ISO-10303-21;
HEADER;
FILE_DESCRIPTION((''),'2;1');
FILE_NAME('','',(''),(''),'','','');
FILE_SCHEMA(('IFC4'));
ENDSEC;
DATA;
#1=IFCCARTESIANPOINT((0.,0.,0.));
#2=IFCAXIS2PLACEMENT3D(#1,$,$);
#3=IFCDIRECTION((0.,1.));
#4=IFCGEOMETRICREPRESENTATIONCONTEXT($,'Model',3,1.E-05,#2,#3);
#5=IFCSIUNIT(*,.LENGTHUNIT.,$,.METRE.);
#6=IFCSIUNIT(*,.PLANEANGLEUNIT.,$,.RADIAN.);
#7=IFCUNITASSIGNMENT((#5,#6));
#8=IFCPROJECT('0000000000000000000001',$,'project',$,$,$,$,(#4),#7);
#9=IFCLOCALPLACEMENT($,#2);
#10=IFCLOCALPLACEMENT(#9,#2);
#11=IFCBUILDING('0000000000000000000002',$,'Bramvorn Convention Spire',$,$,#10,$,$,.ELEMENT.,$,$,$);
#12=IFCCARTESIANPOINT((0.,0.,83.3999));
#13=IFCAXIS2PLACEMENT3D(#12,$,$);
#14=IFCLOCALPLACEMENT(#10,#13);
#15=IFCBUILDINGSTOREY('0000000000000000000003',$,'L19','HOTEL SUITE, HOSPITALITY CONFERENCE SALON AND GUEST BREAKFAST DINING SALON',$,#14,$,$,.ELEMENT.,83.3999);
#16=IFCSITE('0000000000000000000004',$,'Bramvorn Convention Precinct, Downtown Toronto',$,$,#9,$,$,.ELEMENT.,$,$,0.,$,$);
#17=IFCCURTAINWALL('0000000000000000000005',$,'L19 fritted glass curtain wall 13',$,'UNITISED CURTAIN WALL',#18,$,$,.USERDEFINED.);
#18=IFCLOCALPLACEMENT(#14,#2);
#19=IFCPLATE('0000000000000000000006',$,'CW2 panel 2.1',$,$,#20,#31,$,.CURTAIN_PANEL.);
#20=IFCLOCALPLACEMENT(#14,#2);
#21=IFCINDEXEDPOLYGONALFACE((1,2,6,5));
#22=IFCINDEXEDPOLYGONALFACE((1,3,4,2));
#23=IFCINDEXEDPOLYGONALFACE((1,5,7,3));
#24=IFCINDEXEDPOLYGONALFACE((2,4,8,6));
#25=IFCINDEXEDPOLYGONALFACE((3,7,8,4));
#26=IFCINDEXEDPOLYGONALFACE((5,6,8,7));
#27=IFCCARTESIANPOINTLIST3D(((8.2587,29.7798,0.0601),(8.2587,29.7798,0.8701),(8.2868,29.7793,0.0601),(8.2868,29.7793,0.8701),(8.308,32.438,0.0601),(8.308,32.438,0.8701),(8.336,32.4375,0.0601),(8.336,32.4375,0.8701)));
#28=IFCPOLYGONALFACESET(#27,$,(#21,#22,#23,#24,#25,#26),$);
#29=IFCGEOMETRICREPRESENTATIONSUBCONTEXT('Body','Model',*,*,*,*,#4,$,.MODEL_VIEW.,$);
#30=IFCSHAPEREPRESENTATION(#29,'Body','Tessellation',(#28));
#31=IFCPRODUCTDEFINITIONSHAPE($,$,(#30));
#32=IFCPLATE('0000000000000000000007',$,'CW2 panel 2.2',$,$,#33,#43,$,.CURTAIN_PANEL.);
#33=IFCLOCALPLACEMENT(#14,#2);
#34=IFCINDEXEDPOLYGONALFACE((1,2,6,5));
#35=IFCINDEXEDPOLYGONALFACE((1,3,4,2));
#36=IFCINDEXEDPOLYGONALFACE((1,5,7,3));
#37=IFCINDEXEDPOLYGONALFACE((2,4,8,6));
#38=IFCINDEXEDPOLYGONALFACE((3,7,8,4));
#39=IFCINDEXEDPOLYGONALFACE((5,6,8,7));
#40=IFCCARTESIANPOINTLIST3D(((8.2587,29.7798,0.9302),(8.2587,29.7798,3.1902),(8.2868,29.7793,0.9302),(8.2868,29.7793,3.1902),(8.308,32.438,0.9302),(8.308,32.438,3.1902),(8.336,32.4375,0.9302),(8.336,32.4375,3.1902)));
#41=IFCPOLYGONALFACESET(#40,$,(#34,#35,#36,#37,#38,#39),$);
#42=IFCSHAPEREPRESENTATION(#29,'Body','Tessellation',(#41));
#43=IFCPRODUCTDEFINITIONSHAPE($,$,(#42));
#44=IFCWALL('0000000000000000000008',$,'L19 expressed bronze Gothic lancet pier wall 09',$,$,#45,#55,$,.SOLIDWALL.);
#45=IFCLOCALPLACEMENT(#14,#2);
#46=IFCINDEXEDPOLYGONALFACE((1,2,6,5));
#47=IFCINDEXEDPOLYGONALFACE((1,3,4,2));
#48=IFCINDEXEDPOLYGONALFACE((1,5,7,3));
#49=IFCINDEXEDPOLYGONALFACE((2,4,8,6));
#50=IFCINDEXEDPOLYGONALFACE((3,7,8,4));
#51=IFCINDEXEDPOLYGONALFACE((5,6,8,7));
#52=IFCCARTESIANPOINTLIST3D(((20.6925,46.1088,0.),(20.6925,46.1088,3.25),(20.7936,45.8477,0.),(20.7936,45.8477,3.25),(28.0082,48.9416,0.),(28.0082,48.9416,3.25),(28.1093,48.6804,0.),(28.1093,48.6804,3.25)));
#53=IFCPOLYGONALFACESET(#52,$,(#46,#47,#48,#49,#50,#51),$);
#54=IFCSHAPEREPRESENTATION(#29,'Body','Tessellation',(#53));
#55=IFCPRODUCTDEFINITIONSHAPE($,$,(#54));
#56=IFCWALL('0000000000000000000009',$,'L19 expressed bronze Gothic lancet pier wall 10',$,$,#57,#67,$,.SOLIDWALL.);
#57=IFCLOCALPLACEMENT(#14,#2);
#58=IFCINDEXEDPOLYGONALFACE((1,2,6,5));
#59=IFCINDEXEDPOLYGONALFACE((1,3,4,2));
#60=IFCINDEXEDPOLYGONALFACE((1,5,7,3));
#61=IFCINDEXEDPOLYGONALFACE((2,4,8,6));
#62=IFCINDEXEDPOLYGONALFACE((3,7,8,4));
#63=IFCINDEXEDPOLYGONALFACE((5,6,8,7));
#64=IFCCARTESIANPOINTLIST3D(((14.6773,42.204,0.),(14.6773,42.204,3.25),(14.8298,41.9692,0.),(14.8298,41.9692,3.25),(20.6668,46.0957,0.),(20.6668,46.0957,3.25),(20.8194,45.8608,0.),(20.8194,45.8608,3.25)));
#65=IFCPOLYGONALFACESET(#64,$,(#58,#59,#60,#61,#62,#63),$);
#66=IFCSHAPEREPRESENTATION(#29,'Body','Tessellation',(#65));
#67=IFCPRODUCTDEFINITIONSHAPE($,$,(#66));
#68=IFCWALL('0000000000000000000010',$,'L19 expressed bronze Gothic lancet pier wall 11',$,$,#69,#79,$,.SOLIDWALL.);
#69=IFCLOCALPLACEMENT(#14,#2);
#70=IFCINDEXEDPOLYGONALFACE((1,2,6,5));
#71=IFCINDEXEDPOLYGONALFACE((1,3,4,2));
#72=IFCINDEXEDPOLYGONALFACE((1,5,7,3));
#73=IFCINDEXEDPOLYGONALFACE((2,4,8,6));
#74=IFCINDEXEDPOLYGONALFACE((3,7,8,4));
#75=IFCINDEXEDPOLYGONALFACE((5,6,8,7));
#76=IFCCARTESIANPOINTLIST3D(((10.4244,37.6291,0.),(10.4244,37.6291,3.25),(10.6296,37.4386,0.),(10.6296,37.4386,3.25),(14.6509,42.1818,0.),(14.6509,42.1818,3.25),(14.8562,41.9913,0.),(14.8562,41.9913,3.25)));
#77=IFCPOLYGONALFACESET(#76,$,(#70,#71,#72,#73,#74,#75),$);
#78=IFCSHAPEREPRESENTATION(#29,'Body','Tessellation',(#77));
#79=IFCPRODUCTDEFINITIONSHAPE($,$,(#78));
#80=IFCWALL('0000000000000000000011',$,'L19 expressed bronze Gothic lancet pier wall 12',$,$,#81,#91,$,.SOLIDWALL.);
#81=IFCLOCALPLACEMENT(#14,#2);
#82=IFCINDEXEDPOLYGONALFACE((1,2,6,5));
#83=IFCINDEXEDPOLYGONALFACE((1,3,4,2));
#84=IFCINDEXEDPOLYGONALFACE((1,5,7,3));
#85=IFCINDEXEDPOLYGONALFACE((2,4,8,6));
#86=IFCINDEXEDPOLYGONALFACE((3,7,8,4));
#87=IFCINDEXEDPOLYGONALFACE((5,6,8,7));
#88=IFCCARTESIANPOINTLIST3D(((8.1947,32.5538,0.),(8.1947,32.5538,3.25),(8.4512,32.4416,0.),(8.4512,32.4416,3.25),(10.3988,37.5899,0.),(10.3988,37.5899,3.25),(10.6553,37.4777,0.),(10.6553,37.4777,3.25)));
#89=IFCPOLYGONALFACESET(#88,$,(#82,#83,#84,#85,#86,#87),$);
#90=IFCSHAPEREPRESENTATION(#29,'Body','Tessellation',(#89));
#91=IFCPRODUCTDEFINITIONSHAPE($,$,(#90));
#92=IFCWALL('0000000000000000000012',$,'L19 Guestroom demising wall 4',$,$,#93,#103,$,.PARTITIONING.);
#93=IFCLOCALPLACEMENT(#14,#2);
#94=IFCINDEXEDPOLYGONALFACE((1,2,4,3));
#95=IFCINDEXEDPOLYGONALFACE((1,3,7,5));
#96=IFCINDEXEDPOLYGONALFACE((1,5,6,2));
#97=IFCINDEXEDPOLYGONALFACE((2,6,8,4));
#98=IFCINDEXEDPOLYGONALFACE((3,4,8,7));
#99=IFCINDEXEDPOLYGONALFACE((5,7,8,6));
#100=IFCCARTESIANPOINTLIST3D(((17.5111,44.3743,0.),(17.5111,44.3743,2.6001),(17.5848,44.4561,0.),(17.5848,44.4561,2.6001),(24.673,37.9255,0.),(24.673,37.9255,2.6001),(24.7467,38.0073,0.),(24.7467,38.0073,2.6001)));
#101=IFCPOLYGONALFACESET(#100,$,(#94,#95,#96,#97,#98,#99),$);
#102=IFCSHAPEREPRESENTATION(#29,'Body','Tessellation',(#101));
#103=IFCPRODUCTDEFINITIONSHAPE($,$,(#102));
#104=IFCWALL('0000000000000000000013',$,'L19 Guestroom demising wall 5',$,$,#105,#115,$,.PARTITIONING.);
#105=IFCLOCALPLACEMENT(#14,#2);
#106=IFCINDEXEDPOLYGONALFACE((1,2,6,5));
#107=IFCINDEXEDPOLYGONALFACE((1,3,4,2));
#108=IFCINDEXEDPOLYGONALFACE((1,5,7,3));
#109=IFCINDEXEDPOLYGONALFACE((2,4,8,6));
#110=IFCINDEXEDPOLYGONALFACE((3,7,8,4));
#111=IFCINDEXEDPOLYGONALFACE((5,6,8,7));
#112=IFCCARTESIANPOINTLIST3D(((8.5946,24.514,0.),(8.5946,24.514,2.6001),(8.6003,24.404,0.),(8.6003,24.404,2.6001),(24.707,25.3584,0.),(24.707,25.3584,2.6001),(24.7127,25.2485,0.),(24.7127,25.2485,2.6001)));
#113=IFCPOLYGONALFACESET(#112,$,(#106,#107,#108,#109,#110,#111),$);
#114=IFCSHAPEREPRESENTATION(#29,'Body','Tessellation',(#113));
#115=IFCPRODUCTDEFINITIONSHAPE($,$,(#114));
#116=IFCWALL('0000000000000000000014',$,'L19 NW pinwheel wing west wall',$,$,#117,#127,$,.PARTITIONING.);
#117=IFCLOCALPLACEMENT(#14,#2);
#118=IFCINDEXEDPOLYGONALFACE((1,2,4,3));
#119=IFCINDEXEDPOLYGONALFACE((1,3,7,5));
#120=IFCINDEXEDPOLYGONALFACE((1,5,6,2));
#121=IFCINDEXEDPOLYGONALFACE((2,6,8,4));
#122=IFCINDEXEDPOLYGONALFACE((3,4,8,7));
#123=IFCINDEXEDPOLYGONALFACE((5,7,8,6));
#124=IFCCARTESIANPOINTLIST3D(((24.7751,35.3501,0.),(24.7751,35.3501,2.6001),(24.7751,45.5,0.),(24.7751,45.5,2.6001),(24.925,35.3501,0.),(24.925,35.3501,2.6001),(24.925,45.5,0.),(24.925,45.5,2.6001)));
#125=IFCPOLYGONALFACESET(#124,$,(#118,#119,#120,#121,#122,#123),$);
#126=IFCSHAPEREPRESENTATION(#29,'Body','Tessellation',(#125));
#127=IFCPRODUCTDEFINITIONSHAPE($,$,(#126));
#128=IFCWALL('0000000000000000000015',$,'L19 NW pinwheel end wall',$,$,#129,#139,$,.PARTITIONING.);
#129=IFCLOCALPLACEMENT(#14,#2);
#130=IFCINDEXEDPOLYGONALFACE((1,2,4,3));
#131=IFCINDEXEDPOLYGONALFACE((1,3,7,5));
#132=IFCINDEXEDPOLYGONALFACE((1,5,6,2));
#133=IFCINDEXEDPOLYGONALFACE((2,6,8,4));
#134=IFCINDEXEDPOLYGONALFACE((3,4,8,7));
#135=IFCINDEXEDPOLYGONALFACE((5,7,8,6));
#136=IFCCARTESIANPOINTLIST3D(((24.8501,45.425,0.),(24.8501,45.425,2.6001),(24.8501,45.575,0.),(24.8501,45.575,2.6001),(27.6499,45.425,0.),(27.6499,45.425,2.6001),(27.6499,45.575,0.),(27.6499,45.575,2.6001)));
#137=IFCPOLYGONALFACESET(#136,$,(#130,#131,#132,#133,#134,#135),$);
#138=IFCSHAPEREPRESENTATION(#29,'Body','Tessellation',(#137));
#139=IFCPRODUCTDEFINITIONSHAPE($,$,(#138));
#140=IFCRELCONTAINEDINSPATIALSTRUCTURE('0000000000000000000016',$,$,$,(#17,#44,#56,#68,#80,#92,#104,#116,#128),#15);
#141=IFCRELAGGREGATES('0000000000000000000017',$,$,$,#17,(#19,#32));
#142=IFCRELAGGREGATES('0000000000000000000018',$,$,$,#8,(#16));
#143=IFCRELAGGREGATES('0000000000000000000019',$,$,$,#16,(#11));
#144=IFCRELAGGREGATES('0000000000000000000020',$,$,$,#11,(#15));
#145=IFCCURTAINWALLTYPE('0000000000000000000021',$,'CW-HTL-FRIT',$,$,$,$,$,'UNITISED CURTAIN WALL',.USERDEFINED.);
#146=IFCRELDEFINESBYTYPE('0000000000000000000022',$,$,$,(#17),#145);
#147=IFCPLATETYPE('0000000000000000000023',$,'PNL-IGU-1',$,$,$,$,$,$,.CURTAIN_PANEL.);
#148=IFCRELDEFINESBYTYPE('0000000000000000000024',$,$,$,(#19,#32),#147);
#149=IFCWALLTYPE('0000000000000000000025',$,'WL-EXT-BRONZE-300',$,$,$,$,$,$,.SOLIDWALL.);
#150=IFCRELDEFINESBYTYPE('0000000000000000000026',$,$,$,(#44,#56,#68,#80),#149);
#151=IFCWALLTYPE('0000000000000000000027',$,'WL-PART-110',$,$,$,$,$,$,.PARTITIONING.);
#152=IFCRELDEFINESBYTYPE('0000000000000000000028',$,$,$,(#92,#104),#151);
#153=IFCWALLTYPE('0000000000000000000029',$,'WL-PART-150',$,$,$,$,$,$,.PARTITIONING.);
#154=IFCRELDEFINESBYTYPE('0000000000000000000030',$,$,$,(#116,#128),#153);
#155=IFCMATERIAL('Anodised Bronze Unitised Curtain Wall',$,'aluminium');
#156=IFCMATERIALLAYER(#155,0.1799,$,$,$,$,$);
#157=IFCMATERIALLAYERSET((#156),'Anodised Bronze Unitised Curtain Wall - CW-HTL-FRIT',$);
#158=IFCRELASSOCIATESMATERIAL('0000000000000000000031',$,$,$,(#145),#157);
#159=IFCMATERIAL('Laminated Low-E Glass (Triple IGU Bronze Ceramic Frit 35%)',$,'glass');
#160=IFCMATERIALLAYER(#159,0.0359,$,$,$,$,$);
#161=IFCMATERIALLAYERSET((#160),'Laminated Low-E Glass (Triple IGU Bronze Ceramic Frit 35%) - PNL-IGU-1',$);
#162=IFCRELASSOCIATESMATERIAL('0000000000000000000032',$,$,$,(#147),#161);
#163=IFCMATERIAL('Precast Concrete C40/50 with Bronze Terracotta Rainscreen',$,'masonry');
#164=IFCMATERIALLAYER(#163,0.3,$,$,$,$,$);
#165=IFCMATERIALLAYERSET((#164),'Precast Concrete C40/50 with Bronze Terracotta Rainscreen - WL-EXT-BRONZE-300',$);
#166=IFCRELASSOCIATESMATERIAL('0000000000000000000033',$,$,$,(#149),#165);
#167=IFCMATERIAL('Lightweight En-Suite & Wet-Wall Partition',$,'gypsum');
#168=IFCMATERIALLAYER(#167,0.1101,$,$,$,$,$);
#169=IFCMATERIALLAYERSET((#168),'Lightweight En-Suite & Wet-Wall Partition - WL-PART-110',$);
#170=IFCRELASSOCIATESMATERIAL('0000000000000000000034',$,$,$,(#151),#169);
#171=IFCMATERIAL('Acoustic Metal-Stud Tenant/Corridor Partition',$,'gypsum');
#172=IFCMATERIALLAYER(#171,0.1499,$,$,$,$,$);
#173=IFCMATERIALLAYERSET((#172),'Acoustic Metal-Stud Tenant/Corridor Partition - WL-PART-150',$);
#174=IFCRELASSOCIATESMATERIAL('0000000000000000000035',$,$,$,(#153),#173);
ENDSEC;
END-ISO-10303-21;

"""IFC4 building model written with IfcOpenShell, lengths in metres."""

from ifc_helpers import new_model, si_unit, direction, frame, frame_2d, origin, origin_2d, place, context, subcontext, project, spatial, rectangle, extrude, material, layer, layer_set, type_object, element, aggregate, save


model = new_model("IFC4")

# Units and contexts
model_context = context("Model", 3, precision=1e-05, world=origin(), true_north=direction((0.0, 1.0)))
body_context = subcontext(model_context, "Body", "Model", "MODEL_VIEW")
ifc_project = project(units=[si_unit("LENGTHUNIT", "METRE"), si_unit("PLANEANGLEUNIT", "RADIAN")], contexts=[model_context])

# Site, building, storey
site_placement = place(None, origin())
site = spatial("IfcSite", under=ifc_project, at=site_placement, Name="Bramvorn Convention Precinct, Downtown Toronto", CompositionType="ELEMENT", RefElevation=0.0)
building_placement = place(site_placement, origin())
building = spatial("IfcBuilding", under=site, at=building_placement, Name="Bramvorn Convention Spire", CompositionType="ELEMENT")
storey_placement = place(building_placement, frame((0.0, 0.0, 83.3999)))
storey = spatial("IfcBuildingStorey", under=building, at=storey_placement, Name="L19", Description="HOTEL SUITE, HOSPITALITY CONFERENCE SALON AND GUEST BREAKFAST DINING SALON", CompositionType="ELEMENT", Elevation=83.3999)

# Curtain wall
ifc_material_1 = material(Name="Anodised Bronze Unitised Curtain Wall", Category="aluminium")
ifc_layer_1 = layer(ifc_material_1, 0.1799)
ifc_layer_set_1 = layer_set([ifc_layer_1], Name="Anodised Bronze Unitised Curtain Wall - CW-HTL-FRIT")
curtain_wall_type = type_object("IfcCurtainWallType", Name="CW-HTL-FRIT", ElementType="UNITISED CURTAIN WALL", PredefinedType="USERDEFINED", material=ifc_layer_set_1)
curtain_wall_1_placement = place(storey_placement, origin())
curtain_wall_1 = element("IfcCurtainWall", 1, at=curtain_wall_1_placement, inside=storey, type_object=curtain_wall_type, Name="L19 fritted glass curtain wall 13", ObjectType="UNITISED CURTAIN WALL", PredefinedType="USERDEFINED")

# Plates
ifc_material_2 = material(Name="Laminated Low-E Glass (Triple IGU Bronze Ceramic Frit 35%)", Category="glass")
ifc_layer_2 = layer(ifc_material_2, 0.0359)
ifc_layer_set_2 = layer_set([ifc_layer_2], Name="Laminated Low-E Glass (Triple IGU Bronze Ceramic Frit 35%) - PNL-IGU-1")
plate_type = type_object("IfcPlateType", Name="PNL-IGU-1", PredefinedType="CURTAIN_PANEL", material=ifc_layer_set_2)
plate_1_placement = place(storey_placement, frame((8.2974, 31.1086, 0.0601), z_axis=(0.0, 0.0, 1.0), x_axis=(0.018536, 0.999828, 0.0)))
plate_1 = element("IfcPlate", 2, at=plate_1_placement, type_object=plate_type, Name="CW2 panel 2.1", PredefinedType="CURTAIN_PANEL", context=body_context, shape_type="SweptSolid", body=[
    extrude(rectangle(XDim=2.6587, YDim=0.0281, at=origin_2d()), origin(), (0.0, 0.0, 1.0), 0.8101),
])
plate_2_placement = place(storey_placement, frame((8.2974, 31.1086, 0.9302), z_axis=(0.0, 0.0, 1.0), x_axis=(0.018536, 0.999828, 0.0)))
plate_2 = element("IfcPlate", 3, at=plate_2_placement, type_object=plate_type, Name="CW2 panel 2.2", PredefinedType="CURTAIN_PANEL", context=body_context, shape_type="SweptSolid", body=[
    extrude(rectangle(XDim=2.6587, YDim=0.0281, at=origin_2d()), origin(), (0.0, 0.0, 1.0), 2.26),
])
aggregate(curtain_wall_1, [plate_1, plate_2])

# Walls
ifc_material_3 = material(Name="Precast Concrete C40/50 with Bronze Terracotta Rainscreen", Category="masonry")
ifc_layer_3 = layer(ifc_material_3, 0.3)
ifc_layer_set_3 = layer_set([ifc_layer_3], Name="Precast Concrete C40/50 with Bronze Terracotta Rainscreen - WL-EXT-BRONZE-300")
wall_type_1 = type_object("IfcWallType", Name="WL-EXT-BRONZE-300", PredefinedType="SOLIDWALL", material=ifc_layer_set_3)
wall_1_placement = place(storey_placement, frame((20.7432, 45.9783, 0.0), z_axis=(0.0, 0.0, 1.0), x_axis=(0.93253, 0.361093, 0.0)))
element("IfcWall", 4, at=wall_1_placement, inside=storey, type_object=wall_type_1, Name="L19 expressed bronze Gothic lancet pier wall 09", PredefinedType="SOLIDWALL", context=body_context, shape_type="SweptSolid", body=[
    extrude(rectangle(XDim=7.845, YDim=0.28, at=frame_2d((3.9224, 0.0))), origin(), (0.0, 0.0, 1.0), 3.25),
])
wall_2_placement = place(storey_placement, frame((14.7537, 42.0867, 0.0), z_axis=(0.0, 0.0, 1.0), x_axis=(0.838544, 0.544833, 0.0)))
element("IfcWall", 5, at=wall_2_placement, inside=storey, type_object=wall_type_1, Name="L19 expressed bronze Gothic lancet pier wall 10", PredefinedType="SOLIDWALL", context=body_context, shape_type="SweptSolid", body=[
    extrude(rectangle(XDim=7.1428, YDim=0.28, at=frame_2d((3.5713, 0.0))), origin(), (0.0, 0.0, 1.0), 3.25),
])
wall_3_placement = place(storey_placement, frame((10.5271, 37.5339, 0.0), z_axis=(0.0, 0.0, 1.0), x_axis=(0.680367, 0.732872, 0.0)))
element("IfcWall", 6, at=wall_3_placement, inside=storey, type_object=wall_type_1, Name="L19 expressed bronze Gothic lancet pier wall 11", PredefinedType="SOLIDWALL", context=body_context, shape_type="SweptSolid", body=[
    extrude(rectangle(XDim=6.2122, YDim=0.28, at=frame_2d((3.106, 0.0))), origin(), (0.0, 0.0, 1.0), 3.25),
])
wall_4_placement = place(storey_placement, frame((8.323, 32.4978, 0.0), z_axis=(0.0, 0.0, 1.0), x_axis=(0.40094, 0.916104, 0.0)))
element("IfcWall", 7, at=wall_4_placement, inside=storey, type_object=wall_type_1, Name="L19 expressed bronze Gothic lancet pier wall 12", PredefinedType="SOLIDWALL", context=body_context, shape_type="SweptSolid", body=[
    extrude(rectangle(XDim=5.4973, YDim=0.28, at=frame_2d((2.7485, 0.0))), origin(), (0.0, 0.0, 1.0), 3.25),
])
ifc_material_4 = material(Name="Lightweight En-Suite & Wet-Wall Partition", Category="gypsum")
ifc_layer_4 = layer(ifc_material_4, 0.1101)
ifc_layer_set_4 = layer_set([ifc_layer_4], Name="Lightweight En-Suite & Wet-Wall Partition - WL-PART-110")
wall_type_2 = type_object("IfcWallType", Name="WL-PART-110", PredefinedType="PARTITIONING", material=ifc_layer_set_4)
wall_5_placement = place(storey_placement, frame((24.71, 37.9663, 0.0), z_axis=(0.0, 0.0, 1.0), x_axis=(-0.743137, 0.66914, 0.0)))
element("IfcWall", 8, at=wall_5_placement, inside=storey, type_object=wall_type_2, Name="L19 Guestroom demising wall 4", PredefinedType="PARTITIONING", context=body_context, shape_type="SweptSolid", body=[
    extrude(rectangle(XDim=9.6375, YDim=0.1101, at=frame_2d((4.8188, 0.0))), origin(), (0.0, 0.0, 1.0), 2.6001),
])
wall_6_placement = place(storey_placement, frame((24.71, 25.3035, 0.0), z_axis=(0.0, 0.0, 1.0), x_axis=(-0.998629, -0.05234, 0.0)))
element("IfcWall", 9, at=wall_6_placement, inside=storey, type_object=wall_type_2, Name="L19 Guestroom demising wall 5", PredefinedType="PARTITIONING", context=body_context, shape_type="SweptSolid", body=[
    extrude(rectangle(XDim=16.1345, YDim=0.1101, at=frame_2d((8.0674, 0.0))), origin(), (0.0, 0.0, 1.0), 2.6001),
])
ifc_material_5 = material(Name="Acoustic Metal-Stud Tenant/Corridor Partition", Category="gypsum")
ifc_layer_5 = layer(ifc_material_5, 0.1499)
ifc_layer_set_5 = layer_set([ifc_layer_5], Name="Acoustic Metal-Stud Tenant/Corridor Partition - WL-PART-150")
wall_type_3 = type_object("IfcWallType", Name="WL-PART-150", PredefinedType="PARTITIONING", material=ifc_layer_set_5)
wall_7_placement = place(storey_placement, frame((24.8501, 35.3501, 0.0), z_axis=(0.0, 0.0, 1.0), x_axis=(0.0, 1.0, 0.0)))
element("IfcWall", 10, at=wall_7_placement, inside=storey, type_object=wall_type_3, Name="L19 NW pinwheel wing west wall", PredefinedType="PARTITIONING", context=body_context, shape_type="SweptSolid", body=[
    extrude(rectangle(XDim=10.1499, YDim=0.1499, at=frame_2d((5.075, 0.0))), origin(), (0.0, 0.0, 1.0), 2.6001),
])
wall_8_placement = place(storey_placement, frame((24.8501, 45.5, 0.0), z_axis=(0.0, 0.0, 1.0), x_axis=(1.0, 0.0, 0.0)))
element("IfcWall", 11, at=wall_8_placement, inside=storey, type_object=wall_type_3, Name="L19 NW pinwheel end wall", PredefinedType="PARTITIONING", context=body_context, shape_type="SweptSolid", body=[
    extrude(rectangle(XDim=2.7998, YDim=0.1499, at=frame_2d((1.3999, 0.0))), origin(), (0.0, 0.0, 1.0), 2.6001),
])

save(model, "model.ifc")
